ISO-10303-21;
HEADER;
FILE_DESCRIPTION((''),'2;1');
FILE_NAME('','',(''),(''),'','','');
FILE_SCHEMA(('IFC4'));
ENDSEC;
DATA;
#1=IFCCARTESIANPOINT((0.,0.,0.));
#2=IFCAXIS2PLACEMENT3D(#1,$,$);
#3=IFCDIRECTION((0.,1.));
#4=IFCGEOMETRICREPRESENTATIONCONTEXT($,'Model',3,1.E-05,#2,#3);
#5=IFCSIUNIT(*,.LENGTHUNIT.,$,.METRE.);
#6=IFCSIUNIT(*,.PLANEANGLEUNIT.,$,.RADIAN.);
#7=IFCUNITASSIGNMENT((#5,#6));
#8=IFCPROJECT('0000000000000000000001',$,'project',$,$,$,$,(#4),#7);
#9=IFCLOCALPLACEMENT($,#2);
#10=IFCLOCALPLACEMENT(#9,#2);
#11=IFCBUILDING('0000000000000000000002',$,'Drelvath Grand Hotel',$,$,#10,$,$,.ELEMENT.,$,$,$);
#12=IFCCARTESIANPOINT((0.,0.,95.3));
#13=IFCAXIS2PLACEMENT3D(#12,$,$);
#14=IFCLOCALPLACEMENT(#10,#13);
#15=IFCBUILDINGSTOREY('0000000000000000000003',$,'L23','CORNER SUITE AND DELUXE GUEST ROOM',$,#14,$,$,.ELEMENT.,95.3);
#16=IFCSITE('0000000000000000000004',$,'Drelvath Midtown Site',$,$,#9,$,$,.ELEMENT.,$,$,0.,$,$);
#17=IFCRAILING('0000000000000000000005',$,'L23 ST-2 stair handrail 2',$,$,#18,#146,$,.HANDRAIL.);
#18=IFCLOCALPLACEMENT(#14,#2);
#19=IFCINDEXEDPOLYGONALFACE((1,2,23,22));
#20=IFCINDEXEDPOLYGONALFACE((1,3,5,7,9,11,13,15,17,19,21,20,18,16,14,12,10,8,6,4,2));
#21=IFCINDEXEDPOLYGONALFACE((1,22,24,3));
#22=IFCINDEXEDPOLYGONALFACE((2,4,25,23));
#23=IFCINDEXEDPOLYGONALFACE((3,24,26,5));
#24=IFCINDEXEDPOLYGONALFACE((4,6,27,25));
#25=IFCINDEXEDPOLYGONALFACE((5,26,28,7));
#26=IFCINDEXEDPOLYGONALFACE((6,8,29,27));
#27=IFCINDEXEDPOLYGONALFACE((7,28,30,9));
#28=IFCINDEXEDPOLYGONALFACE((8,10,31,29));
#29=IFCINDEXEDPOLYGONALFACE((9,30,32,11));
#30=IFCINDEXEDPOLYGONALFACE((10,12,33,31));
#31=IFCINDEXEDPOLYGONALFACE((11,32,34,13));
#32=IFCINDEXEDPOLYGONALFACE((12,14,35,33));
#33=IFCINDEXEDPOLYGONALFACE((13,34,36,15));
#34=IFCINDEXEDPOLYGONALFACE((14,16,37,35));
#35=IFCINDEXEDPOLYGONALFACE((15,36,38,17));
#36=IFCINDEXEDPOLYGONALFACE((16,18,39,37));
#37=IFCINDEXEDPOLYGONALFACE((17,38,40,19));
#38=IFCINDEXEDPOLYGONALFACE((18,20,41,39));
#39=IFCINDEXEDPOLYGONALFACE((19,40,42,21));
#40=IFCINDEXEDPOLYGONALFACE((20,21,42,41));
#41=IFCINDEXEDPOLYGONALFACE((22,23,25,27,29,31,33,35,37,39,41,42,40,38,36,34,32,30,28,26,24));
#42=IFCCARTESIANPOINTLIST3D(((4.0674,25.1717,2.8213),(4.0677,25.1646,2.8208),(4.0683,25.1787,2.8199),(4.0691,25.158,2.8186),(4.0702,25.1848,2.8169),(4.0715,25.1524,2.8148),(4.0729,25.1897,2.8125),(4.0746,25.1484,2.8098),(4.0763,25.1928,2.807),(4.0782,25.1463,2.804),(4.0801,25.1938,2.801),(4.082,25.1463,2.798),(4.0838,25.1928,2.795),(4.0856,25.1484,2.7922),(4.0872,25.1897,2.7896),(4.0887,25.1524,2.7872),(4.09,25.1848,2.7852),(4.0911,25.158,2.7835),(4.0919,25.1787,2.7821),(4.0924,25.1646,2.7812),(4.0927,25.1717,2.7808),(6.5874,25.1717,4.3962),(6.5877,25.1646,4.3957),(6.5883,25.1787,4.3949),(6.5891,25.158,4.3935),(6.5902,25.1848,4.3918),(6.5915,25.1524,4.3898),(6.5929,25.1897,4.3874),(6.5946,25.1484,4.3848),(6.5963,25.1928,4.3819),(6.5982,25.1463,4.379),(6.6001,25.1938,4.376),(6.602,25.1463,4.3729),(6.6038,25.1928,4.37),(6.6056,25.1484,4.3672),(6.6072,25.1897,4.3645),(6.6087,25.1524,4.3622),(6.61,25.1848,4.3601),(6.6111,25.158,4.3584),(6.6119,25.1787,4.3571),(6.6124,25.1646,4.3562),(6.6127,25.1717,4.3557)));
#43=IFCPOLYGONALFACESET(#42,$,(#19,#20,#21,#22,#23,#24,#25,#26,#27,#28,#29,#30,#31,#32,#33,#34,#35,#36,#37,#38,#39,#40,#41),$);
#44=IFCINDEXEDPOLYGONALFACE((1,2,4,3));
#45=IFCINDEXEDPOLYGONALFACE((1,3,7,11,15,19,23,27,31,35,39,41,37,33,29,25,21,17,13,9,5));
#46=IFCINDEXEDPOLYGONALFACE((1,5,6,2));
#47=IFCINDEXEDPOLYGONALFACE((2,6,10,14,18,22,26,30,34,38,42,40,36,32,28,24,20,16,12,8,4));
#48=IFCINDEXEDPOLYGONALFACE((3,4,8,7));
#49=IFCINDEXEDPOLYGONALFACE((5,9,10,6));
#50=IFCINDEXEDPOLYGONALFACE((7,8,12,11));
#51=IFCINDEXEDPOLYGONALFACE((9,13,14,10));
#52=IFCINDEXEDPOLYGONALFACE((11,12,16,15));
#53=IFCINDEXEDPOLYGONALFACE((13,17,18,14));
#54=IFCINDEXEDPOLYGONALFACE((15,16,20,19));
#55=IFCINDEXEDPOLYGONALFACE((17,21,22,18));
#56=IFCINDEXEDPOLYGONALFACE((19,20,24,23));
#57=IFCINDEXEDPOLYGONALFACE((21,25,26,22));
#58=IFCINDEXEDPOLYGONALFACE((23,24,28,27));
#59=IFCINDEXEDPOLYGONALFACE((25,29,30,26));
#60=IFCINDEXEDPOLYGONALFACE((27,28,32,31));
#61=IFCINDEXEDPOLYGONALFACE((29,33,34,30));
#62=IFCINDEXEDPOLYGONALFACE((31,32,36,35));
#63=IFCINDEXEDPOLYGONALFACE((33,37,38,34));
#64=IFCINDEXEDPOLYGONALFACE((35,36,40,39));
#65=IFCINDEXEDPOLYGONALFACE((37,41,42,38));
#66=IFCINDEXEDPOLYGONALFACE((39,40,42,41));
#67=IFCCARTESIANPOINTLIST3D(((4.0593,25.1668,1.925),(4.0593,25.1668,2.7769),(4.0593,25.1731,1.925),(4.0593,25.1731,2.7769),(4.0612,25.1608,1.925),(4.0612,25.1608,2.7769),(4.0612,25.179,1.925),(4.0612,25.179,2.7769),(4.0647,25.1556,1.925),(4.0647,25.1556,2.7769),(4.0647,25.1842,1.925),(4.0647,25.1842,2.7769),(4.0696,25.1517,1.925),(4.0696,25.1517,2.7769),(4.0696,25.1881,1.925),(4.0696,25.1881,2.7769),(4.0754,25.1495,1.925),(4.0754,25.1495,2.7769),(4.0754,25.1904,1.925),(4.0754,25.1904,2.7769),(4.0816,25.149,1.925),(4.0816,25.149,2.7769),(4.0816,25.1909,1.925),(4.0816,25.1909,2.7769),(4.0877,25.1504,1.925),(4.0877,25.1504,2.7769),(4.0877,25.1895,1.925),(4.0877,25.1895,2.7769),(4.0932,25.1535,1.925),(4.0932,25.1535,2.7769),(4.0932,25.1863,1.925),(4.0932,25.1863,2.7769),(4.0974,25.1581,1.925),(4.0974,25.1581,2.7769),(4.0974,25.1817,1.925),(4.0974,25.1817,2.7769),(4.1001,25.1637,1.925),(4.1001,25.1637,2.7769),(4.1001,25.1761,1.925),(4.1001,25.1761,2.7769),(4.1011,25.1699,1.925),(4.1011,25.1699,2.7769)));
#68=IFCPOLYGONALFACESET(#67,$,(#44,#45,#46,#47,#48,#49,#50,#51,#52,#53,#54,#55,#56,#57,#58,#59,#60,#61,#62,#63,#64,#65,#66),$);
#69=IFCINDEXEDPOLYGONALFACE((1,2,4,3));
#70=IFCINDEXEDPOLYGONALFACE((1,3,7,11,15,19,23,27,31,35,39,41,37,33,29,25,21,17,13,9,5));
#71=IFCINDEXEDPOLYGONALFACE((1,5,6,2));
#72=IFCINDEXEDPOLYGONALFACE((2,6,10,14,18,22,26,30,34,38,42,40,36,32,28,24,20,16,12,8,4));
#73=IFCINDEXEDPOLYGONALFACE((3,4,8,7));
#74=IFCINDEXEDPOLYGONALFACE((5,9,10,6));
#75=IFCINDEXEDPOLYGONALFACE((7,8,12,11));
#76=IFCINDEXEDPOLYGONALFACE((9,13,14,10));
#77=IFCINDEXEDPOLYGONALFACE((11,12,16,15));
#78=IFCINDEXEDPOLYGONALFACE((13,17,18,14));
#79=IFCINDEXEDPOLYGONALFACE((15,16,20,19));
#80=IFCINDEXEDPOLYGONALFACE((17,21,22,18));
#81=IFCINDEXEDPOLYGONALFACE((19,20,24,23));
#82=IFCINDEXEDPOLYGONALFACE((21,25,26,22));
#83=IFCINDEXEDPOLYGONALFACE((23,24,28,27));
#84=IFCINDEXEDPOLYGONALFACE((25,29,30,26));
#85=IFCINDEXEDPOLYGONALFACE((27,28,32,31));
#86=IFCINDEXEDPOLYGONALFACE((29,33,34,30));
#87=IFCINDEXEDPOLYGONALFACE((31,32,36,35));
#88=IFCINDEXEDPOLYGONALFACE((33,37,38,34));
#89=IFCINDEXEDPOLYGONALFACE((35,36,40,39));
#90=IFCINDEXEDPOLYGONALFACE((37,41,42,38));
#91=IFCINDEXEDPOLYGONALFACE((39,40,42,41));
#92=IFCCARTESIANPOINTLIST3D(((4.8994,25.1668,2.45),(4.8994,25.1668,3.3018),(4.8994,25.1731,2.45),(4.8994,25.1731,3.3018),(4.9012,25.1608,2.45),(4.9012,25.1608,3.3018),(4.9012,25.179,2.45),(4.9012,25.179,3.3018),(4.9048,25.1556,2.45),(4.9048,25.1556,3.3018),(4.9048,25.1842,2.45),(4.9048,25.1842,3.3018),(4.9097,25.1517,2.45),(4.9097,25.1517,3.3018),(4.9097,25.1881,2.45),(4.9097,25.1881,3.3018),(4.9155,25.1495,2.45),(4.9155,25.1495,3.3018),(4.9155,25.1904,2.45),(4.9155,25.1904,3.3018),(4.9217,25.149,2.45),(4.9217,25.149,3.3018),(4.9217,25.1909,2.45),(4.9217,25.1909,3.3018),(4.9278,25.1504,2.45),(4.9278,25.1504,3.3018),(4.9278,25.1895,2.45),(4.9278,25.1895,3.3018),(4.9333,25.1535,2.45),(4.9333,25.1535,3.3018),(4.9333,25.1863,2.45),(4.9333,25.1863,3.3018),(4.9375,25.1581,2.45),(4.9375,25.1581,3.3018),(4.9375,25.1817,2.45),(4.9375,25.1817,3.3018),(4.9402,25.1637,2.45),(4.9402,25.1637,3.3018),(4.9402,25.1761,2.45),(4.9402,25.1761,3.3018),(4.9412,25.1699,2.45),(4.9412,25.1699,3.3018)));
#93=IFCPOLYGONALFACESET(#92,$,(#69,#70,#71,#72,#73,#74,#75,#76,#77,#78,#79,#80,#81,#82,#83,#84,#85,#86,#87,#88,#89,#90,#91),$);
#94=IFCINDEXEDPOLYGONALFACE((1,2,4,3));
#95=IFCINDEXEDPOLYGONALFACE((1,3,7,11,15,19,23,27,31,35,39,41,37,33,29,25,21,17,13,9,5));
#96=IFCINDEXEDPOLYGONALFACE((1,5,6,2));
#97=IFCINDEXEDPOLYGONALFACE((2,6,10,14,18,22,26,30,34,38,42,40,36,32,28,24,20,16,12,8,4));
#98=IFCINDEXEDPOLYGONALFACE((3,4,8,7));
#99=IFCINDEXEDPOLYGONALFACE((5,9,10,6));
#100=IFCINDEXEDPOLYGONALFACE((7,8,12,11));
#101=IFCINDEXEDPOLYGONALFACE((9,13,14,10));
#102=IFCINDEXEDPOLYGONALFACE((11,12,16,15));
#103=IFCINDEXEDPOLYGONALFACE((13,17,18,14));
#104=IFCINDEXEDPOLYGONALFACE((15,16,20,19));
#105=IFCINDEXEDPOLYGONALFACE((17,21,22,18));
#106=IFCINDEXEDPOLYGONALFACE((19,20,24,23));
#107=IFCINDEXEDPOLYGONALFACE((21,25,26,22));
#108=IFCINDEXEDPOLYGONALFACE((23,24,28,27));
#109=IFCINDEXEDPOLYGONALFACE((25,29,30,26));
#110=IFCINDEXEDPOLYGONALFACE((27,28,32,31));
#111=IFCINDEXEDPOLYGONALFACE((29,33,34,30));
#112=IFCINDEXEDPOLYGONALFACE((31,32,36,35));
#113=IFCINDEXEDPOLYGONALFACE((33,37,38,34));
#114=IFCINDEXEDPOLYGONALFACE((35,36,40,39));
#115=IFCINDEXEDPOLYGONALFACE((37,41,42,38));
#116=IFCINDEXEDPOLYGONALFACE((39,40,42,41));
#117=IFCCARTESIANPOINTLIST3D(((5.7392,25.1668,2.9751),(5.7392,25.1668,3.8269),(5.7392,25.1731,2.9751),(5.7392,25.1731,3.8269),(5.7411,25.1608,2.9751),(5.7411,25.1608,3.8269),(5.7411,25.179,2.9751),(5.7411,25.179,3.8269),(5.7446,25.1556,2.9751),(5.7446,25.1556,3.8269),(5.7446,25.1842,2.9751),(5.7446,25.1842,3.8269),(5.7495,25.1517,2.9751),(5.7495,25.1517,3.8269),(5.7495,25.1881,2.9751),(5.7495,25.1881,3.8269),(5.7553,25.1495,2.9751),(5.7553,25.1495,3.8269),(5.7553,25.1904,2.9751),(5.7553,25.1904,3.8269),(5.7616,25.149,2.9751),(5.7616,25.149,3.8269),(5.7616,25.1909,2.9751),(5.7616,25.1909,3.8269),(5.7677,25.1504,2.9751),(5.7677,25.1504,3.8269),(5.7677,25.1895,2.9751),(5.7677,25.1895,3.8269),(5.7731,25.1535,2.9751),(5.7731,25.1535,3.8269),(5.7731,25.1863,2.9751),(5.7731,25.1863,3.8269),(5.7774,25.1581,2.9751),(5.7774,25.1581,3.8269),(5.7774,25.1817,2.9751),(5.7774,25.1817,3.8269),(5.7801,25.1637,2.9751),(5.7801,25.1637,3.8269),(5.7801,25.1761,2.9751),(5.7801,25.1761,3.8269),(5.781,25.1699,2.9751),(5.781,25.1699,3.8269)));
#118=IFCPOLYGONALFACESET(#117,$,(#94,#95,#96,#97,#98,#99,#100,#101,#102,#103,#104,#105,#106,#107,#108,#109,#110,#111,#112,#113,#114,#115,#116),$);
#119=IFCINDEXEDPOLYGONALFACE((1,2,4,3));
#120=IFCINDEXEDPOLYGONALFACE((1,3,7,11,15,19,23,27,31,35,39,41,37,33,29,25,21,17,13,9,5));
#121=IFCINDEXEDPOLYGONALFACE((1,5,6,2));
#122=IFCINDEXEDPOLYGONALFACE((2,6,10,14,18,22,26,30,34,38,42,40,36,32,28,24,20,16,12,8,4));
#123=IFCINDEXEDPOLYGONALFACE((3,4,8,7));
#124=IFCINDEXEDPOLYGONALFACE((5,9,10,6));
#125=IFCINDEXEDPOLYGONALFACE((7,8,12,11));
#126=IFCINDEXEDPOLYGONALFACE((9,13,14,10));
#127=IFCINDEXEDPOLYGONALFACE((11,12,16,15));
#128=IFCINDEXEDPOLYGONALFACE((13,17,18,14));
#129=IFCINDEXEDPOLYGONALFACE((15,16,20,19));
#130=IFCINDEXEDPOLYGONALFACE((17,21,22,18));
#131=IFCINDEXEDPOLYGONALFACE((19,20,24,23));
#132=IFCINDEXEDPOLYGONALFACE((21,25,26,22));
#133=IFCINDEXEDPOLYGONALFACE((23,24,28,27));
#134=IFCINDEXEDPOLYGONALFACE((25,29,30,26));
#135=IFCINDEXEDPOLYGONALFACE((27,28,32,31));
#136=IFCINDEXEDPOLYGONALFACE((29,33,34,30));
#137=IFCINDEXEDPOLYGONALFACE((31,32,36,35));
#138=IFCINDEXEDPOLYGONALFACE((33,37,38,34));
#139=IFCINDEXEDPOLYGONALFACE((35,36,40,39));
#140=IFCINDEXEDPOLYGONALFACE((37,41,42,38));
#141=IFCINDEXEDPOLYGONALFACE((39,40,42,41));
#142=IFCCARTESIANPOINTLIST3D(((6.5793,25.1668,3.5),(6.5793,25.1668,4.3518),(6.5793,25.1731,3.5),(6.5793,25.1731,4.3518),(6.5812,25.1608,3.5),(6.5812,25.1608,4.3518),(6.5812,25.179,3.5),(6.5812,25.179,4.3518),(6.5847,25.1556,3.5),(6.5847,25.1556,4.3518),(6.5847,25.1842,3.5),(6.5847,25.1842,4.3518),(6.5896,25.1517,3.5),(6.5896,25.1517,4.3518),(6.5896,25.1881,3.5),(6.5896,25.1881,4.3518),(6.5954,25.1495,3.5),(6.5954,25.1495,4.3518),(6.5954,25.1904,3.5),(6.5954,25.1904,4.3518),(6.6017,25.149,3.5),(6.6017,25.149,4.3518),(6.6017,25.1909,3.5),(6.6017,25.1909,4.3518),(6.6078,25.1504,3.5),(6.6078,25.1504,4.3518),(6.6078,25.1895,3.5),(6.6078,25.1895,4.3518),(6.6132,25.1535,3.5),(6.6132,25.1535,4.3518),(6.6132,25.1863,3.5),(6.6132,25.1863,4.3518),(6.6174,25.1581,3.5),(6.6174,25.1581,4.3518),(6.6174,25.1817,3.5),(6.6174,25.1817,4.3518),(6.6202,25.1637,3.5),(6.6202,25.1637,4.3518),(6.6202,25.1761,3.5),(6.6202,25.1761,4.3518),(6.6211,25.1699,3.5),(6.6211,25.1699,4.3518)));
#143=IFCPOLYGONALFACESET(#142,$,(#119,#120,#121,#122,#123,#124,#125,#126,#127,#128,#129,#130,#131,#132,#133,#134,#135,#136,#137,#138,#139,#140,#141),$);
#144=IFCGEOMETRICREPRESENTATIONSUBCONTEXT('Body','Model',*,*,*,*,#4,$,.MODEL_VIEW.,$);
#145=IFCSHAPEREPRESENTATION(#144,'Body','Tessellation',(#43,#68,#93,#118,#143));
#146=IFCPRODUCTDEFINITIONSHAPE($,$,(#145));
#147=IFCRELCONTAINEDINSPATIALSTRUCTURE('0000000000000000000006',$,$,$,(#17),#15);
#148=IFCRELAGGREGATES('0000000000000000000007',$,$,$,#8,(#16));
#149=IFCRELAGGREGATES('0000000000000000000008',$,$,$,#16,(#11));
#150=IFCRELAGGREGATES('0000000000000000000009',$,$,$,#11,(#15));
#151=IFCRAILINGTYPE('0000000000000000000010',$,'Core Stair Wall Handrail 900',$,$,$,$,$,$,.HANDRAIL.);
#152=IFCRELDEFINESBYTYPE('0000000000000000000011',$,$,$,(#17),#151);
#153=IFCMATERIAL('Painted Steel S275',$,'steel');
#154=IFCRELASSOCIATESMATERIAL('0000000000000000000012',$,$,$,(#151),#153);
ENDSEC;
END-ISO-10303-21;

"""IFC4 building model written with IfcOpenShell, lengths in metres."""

from ifc_helpers import new_model, si_unit, direction, frame, origin, origin_2d, place, context, subcontext, project, spatial, circle, extrude, material, type_object, element, save


model = new_model("IFC4")

# Units and contexts
model_context = context("Model", 3, precision=1e-05, world=origin(), true_north=direction((0.0, 1.0)))
body_context = subcontext(model_context, "Body", "Model", "MODEL_VIEW")
ifc_project = project(units=[si_unit("LENGTHUNIT", "METRE"), si_unit("PLANEANGLEUNIT", "RADIAN")], contexts=[model_context])

# Site, building, storey
site_placement = place(None, origin())
site = spatial("IfcSite", under=ifc_project, at=site_placement, Name="Drelvath Midtown Site", CompositionType="ELEMENT", RefElevation=0.0)
building_placement = place(site_placement, origin())
building = spatial("IfcBuilding", under=site, at=building_placement, Name="Drelvath Grand Hotel", CompositionType="ELEMENT")
storey_placement = place(building_placement, frame((0.0, 0.0, 95.3)))
storey = spatial("IfcBuildingStorey", under=building, at=storey_placement, Name="L23", Description="CORNER SUITE AND DELUXE GUEST ROOM", CompositionType="ELEMENT", Elevation=95.3)

# Railing
ifc_material_1 = material(Name="Painted Steel S275", Category="steel")
railing_type_1 = type_object("IfcRailingType", Name="Core Stair Wall Handrail 900", PredefinedType="HANDRAIL", material=ifc_material_1)
railing_1_placement = place(storey_placement, frame((4.0801, 25.1699, 1.925)))
element("IfcRailing", 1, at=railing_1_placement, inside=storey, type_object=railing_type_1, Name="L23 ST-2 stair handrail 2", PredefinedType="HANDRAIL", context=body_context, shape_type="SweptSolid", body=[
    extrude(circle(Radius=0.0239, at=origin_2d()), frame((0.0, 0.0, 0.876), z_axis=(0.848008, 0.0, 0.529984), x_axis=(0.0, 1.0, 0.0)), (0.0, 0.0, 1.0), 2.9717),
    extrude(circle(Radius=0.021, at=origin_2d()), origin(), (0.0, 0.0, 1.0), 0.8518),
    extrude(circle(Radius=0.021, at=origin_2d()), frame((0.8401, 0.0, 0.5249)), (0.0, 0.0, 1.0), 0.8518),
    extrude(circle(Radius=0.021, at=origin_2d()), frame((1.6799, 0.0, 1.05)), (0.0, 0.0, 1.0), 0.8518),
    extrude(circle(Radius=0.021, at=origin_2d()), frame((2.52, 0.0, 1.575)), (0.0, 0.0, 1.0), 0.8518),
])

save(model, "model.ifc")
